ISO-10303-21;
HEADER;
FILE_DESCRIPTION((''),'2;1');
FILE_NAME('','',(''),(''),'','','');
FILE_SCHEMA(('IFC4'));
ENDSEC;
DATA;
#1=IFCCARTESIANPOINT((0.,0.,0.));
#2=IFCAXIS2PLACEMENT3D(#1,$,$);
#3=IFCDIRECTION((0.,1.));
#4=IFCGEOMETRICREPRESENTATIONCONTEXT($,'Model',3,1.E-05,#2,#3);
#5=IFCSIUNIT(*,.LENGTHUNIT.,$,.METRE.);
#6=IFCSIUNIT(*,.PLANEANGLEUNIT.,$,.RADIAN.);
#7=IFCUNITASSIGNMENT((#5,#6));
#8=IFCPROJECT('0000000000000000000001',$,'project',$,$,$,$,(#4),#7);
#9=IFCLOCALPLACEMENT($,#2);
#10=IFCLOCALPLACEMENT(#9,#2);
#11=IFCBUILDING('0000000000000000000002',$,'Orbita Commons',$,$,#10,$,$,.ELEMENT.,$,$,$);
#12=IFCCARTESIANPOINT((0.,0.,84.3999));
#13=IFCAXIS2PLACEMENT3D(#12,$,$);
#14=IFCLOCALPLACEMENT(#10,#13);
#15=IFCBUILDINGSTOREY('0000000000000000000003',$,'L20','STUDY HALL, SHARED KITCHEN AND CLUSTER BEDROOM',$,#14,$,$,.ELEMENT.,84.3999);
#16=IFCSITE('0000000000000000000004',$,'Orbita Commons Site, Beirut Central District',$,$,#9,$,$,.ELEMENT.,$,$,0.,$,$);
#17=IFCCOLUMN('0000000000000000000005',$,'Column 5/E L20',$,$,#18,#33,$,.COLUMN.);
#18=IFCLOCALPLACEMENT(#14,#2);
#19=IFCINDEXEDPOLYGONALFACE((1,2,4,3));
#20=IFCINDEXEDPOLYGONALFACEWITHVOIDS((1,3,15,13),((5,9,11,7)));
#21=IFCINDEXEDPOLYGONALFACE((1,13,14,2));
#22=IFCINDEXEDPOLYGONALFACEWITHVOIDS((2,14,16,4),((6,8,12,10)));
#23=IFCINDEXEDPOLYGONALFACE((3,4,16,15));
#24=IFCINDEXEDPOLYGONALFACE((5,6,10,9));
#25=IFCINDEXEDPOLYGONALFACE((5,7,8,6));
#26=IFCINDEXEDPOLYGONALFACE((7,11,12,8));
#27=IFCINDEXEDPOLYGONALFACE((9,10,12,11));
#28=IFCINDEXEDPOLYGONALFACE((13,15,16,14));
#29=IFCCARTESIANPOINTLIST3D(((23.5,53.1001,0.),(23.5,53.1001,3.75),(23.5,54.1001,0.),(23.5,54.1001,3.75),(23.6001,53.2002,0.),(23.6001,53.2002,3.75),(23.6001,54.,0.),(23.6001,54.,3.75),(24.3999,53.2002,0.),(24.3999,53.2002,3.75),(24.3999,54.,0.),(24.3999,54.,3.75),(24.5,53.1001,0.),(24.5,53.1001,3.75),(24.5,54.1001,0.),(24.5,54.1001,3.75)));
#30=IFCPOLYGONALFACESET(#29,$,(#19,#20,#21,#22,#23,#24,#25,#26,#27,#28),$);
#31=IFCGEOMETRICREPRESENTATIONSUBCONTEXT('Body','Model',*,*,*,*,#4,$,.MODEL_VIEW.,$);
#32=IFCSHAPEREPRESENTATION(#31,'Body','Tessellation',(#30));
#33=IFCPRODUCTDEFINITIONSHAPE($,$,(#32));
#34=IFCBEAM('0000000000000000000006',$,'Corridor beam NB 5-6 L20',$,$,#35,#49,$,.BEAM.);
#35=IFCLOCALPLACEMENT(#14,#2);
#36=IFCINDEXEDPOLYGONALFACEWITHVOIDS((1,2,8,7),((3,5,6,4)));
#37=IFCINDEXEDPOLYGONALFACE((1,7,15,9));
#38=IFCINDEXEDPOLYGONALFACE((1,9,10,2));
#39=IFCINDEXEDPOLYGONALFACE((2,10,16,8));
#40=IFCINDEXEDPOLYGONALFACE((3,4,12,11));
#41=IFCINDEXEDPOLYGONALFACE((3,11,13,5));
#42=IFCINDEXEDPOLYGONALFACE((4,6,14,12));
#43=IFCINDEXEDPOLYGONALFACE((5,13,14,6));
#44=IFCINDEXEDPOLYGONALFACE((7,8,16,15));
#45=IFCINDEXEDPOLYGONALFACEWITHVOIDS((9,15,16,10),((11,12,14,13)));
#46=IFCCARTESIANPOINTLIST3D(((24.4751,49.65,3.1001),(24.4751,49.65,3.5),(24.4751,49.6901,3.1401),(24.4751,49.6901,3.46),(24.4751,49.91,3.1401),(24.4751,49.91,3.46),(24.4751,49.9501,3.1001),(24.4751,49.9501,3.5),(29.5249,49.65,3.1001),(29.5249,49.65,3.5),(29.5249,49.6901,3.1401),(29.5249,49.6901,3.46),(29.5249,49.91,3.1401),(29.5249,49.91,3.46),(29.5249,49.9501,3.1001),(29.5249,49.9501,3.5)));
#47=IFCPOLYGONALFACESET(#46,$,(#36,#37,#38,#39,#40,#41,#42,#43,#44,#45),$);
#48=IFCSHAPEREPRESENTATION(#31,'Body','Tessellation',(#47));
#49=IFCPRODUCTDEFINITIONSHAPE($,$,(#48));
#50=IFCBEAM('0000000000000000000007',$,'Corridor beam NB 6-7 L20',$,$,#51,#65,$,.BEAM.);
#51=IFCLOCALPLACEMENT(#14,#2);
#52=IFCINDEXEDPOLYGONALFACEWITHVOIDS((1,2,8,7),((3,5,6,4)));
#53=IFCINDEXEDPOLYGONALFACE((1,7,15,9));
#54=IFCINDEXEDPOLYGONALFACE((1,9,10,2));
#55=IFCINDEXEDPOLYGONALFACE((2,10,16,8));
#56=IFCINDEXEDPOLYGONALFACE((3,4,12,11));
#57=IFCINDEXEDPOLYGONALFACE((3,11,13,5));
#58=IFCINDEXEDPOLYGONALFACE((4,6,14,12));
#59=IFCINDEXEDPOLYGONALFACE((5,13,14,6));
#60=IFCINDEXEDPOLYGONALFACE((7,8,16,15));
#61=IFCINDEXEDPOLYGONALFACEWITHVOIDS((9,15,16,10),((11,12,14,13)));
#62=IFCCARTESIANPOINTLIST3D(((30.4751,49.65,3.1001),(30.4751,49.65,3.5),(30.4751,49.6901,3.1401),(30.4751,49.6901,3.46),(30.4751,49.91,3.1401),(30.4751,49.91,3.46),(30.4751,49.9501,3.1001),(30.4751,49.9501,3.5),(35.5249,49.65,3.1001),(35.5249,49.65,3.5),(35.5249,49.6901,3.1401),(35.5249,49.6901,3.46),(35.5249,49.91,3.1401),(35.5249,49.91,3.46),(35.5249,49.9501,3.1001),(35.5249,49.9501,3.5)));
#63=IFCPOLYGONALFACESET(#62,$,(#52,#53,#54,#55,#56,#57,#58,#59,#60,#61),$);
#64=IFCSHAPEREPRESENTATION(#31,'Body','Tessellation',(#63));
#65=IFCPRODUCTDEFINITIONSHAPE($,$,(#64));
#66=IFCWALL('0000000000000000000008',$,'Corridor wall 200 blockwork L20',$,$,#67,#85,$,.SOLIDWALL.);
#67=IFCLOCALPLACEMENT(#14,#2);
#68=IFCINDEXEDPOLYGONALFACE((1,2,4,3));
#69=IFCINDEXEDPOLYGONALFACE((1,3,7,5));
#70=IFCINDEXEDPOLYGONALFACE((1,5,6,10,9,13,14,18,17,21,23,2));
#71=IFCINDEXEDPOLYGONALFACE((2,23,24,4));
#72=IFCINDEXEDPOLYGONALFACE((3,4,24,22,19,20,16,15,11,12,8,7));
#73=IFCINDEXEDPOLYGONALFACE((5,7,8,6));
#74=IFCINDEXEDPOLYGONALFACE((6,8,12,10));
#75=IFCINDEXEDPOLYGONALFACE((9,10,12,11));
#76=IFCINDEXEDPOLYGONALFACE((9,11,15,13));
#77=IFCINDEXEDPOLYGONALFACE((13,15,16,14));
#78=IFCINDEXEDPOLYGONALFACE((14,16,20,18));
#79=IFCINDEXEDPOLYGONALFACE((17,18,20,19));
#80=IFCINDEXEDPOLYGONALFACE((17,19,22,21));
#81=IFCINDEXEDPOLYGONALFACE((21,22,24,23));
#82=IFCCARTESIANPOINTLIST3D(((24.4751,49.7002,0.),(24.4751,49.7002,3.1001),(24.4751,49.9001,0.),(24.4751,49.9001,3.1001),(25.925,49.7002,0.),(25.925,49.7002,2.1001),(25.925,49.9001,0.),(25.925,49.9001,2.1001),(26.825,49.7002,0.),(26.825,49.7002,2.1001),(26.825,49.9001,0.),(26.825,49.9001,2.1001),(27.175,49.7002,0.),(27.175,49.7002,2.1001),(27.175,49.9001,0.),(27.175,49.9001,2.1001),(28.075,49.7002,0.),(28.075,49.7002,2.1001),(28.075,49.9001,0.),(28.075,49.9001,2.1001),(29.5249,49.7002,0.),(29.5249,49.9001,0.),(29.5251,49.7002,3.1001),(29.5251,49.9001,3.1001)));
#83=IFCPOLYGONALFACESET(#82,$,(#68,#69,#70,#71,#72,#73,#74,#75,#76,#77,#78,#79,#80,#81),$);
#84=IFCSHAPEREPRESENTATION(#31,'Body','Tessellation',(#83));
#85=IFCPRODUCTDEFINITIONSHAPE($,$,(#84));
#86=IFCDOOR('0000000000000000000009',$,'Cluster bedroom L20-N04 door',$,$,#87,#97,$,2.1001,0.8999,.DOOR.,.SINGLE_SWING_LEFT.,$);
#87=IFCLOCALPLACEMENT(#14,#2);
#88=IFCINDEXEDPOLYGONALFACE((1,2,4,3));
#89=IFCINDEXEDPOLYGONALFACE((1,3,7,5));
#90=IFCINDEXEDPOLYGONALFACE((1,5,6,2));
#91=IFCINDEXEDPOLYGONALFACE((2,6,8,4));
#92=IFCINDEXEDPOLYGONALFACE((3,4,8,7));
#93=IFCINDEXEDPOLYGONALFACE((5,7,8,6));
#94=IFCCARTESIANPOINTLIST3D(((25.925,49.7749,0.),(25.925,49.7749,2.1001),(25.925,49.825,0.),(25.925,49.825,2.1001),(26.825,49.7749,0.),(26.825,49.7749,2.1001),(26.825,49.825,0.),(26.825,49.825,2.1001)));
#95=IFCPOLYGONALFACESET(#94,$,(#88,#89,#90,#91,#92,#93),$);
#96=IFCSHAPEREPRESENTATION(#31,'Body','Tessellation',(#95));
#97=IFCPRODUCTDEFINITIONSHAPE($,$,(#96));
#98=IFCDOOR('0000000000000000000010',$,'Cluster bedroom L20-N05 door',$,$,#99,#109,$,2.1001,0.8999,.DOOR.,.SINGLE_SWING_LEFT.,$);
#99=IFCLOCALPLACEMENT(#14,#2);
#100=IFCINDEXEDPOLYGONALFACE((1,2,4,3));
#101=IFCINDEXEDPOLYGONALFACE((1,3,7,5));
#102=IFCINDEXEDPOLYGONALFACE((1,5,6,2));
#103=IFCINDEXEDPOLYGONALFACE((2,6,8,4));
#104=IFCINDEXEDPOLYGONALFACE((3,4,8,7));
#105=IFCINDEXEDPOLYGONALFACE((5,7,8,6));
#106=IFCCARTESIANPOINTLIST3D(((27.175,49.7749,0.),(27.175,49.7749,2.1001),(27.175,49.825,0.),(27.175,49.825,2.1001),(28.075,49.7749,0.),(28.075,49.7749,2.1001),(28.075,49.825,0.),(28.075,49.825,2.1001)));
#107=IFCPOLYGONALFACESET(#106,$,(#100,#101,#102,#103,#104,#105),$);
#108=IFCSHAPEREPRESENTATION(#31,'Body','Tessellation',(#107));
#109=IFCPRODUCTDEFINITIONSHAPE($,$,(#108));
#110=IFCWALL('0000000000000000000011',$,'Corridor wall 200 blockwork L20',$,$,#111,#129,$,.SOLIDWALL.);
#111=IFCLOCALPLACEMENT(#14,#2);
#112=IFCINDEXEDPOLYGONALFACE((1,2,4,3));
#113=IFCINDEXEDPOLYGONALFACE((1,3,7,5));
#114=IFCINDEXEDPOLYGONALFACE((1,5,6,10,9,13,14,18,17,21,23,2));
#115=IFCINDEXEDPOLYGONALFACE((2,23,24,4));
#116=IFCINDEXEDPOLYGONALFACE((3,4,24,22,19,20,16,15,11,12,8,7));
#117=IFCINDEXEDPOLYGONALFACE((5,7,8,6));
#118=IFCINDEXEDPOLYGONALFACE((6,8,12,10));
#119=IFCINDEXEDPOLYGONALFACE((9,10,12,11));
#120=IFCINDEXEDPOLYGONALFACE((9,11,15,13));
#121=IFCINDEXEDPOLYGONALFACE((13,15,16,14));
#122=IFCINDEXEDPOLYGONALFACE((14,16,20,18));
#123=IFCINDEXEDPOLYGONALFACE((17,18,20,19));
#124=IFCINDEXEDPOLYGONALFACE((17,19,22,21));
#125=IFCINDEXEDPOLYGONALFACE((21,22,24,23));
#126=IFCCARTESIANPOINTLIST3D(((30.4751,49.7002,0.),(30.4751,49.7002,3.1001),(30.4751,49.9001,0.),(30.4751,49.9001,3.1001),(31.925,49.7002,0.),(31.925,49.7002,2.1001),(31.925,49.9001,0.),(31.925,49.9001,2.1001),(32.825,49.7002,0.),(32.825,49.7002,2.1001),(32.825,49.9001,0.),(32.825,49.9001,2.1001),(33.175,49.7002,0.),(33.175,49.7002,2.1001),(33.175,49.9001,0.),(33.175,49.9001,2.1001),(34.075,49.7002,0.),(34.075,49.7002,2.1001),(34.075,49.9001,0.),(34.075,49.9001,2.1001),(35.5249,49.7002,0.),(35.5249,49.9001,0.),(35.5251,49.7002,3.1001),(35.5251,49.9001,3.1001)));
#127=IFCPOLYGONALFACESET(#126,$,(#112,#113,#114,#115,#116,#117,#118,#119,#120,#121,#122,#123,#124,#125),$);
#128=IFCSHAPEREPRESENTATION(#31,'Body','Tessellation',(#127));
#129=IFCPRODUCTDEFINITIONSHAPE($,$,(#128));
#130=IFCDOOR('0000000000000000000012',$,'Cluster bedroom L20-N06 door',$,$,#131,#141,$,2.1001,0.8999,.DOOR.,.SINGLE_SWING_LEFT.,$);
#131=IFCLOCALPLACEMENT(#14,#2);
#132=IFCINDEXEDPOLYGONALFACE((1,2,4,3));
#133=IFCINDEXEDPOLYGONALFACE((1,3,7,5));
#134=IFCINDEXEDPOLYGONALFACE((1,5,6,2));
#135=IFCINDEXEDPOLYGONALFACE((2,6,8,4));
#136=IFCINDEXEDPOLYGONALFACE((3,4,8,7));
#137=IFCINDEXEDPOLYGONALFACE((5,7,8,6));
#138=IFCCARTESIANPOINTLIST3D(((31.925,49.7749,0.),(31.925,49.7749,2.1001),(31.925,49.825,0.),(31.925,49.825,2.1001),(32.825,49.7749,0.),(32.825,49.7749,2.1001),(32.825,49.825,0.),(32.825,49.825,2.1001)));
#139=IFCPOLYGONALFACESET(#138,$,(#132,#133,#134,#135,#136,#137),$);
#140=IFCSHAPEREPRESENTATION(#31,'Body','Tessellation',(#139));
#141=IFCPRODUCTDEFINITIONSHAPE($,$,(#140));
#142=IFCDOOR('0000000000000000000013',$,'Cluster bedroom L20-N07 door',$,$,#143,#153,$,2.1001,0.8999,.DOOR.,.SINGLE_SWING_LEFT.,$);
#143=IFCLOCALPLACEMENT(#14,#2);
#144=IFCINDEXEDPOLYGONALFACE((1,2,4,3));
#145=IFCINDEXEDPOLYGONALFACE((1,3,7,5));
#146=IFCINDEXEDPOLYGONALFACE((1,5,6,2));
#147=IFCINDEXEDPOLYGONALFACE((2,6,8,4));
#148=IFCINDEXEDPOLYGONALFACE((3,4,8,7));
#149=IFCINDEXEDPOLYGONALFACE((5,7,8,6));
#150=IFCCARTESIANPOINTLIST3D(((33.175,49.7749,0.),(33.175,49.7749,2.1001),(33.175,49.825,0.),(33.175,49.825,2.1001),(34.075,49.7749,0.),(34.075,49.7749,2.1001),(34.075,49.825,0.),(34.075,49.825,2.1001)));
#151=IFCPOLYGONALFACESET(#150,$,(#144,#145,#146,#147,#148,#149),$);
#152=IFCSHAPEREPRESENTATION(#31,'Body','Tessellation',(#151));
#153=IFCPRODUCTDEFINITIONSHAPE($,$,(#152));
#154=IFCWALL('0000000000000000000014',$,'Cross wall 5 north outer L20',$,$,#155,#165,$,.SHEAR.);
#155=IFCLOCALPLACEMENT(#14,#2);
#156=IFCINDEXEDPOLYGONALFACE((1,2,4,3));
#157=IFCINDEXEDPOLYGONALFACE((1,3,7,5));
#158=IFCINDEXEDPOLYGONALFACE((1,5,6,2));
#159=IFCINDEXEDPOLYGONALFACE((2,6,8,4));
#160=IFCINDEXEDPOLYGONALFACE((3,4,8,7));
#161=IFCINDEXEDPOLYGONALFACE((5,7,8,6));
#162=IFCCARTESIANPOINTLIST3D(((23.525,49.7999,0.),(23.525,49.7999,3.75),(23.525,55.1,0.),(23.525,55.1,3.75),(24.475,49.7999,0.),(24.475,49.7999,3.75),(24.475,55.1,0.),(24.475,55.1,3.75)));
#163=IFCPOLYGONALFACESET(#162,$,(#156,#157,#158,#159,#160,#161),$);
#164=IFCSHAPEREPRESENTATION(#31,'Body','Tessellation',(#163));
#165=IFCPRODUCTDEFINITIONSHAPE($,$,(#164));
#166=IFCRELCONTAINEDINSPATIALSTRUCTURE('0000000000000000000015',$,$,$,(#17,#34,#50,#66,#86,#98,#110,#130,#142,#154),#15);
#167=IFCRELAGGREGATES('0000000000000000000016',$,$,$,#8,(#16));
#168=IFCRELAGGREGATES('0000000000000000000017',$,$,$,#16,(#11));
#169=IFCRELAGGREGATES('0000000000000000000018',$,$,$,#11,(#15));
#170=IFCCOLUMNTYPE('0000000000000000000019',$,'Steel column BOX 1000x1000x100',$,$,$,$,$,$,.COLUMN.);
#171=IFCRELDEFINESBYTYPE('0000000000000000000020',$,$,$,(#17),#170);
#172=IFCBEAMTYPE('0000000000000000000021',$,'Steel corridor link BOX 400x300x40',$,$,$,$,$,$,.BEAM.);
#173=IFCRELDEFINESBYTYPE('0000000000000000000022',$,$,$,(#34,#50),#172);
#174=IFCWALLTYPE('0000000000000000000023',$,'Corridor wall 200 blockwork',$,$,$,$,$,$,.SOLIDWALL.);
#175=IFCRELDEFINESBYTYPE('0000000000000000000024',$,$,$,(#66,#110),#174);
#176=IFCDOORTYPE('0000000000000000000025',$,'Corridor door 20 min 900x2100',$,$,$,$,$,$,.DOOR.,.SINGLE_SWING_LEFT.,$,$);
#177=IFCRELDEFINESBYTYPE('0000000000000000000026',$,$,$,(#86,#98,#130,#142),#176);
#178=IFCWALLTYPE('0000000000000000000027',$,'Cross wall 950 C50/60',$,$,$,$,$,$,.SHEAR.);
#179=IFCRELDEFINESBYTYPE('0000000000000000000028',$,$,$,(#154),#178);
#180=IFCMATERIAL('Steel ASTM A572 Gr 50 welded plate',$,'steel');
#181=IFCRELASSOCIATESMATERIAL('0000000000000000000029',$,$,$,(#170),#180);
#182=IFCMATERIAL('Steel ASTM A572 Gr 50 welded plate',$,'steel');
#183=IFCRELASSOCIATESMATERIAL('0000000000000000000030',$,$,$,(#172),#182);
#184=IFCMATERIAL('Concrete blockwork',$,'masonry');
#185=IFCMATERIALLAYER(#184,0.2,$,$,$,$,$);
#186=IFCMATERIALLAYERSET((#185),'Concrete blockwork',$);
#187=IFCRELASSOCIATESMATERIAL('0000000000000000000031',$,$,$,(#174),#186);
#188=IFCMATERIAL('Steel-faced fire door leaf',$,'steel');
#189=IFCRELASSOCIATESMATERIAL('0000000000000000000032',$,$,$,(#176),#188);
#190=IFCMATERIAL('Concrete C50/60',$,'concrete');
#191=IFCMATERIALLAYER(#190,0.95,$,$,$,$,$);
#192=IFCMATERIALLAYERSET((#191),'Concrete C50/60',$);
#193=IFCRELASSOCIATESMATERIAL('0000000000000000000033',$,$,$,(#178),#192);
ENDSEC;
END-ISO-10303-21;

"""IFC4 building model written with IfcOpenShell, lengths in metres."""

from ifc_helpers import new_model, si_unit, direction, frame, frame_2d, origin, origin_2d, place, context, subcontext, project, spatial, polyline, rectangle, hollow_rectangle, outline, extrude, material, layer, layer_set, material_profile, profile_set, type_object, element, fill, save


model = new_model("IFC4")

# Units and contexts
model_context = context("Model", 3, precision=1e-05, world=origin(), true_north=direction((0.0, 1.0)))
body_context = subcontext(model_context, "Body", "Model", "MODEL_VIEW")
ifc_project = project(units=[si_unit("LENGTHUNIT", "METRE"), si_unit("PLANEANGLEUNIT", "RADIAN")], contexts=[model_context])

# Site, building, storey
site_placement = place(None, origin())
site = spatial("IfcSite", under=ifc_project, at=site_placement, Name="Orbita Commons Site, Beirut Central District", CompositionType="ELEMENT", RefElevation=0.0)
building_placement = place(site_placement, origin())
building = spatial("IfcBuilding", under=site, at=building_placement, Name="Orbita Commons", CompositionType="ELEMENT")
storey_placement = place(building_placement, frame((0.0, 0.0, 84.3999)))
storey = spatial("IfcBuildingStorey", under=building, at=storey_placement, Name="L20", Description="STUDY HALL, SHARED KITCHEN AND CLUSTER BEDROOM", CompositionType="ELEMENT", Elevation=84.3999)

# Column
ifc_material_1 = material(Name="Steel ASTM A572 Gr 50 welded plate", Category="steel")
ifc_material_profile_1 = material_profile(ifc_material_1, hollow_rectangle(XDim=1.0, YDim=1.0, WallThickness=0.1001, at=origin_2d()), Name="BOX 1000x1000x100")
ifc_profile_set_1 = profile_set([ifc_material_profile_1], Name="Steel ASTM A572 Gr 50 welded plate")
column_type = type_object("IfcColumnType", Name="Steel column BOX 1000x1000x100", PredefinedType="COLUMN", material=ifc_profile_set_1)
column_placement = place(storey_placement, frame((24.0, 53.6001, 0.0), z_axis=(0.0, 0.0, 1.0), x_axis=(1.0, 0.0, 0.0)))
element("IfcColumn", 1, at=column_placement, inside=storey, type_object=column_type, Name="Column 5/E L20", PredefinedType="COLUMN", context=body_context, shape_type="SweptSolid", body=[
    extrude(hollow_rectangle(XDim=1.0, YDim=1.0, WallThickness=0.1001, at=origin_2d()), origin(), (0.0, 0.0, 1.0), 3.75),
])

# Beams
ifc_material_2 = material(Name="Steel ASTM A572 Gr 50 welded plate", Category="steel")
ifc_material_profile_2 = material_profile(ifc_material_2, hollow_rectangle(XDim=0.3, YDim=0.3999, WallThickness=0.04, at=origin_2d()), Name="BOX 400x300x40")
ifc_profile_set_2 = profile_set([ifc_material_profile_2], Name="Steel ASTM A572 Gr 50 welded plate")
beam_type = type_object("IfcBeamType", Name="Steel corridor link BOX 400x300x40", PredefinedType="BEAM", material=ifc_profile_set_2)
for number, where, z_axis, x_axis, name in (
    (2, (24.4751, 49.8, 3.3), (1.0, 0.0, 0.0), (0.0, 1.0, 0.0), "Corridor beam NB 5-6 L20"),
    (3, (30.4751, 49.8, 3.3), (1.0, 0.0, 0.0), (0.0, 1.0, 0.0), "Corridor beam NB 6-7 L20"),
):
    element("IfcBeam", number, at=place(storey_placement, frame(where, z_axis=z_axis, x_axis=x_axis)), inside=storey, type_object=beam_type, Name=name, PredefinedType="BEAM", context=body_context, shape_type="SweptSolid", body=[
        extrude(hollow_rectangle(XDim=0.3, YDim=0.3999, WallThickness=0.04, at=origin_2d()), origin(), (0.0, 0.0, 1.0), 5.0498),
    ])

# Walls, openings, doors
ifc_material_3 = material(Name="Concrete blockwork", Category="masonry")
ifc_layer_1 = layer(ifc_material_3, 0.2)
ifc_layer_set_1 = layer_set([ifc_layer_1], Name="Concrete blockwork")
wall_type_1 = type_object("IfcWallType", Name="Corridor wall 200 blockwork", PredefinedType="SOLIDWALL", material=ifc_layer_set_1)
wall_1_placement = place(storey_placement, frame((24.4751, 49.8, 0.0), z_axis=(0.0, 0.0, 1.0), x_axis=(1.0, 0.0, 0.0)))
wall_1 = element("IfcWall", 4, at=wall_1_placement, inside=storey, type_object=wall_type_1, Name="Corridor wall 200 blockwork L20", PredefinedType="SOLIDWALL", context=body_context, shape_type="SweptSolid", body=[
    extrude(outline(polyline([(0.0, 0.0), (5.0498, 0.0), (5.05, 3.1001), (0.0, 3.1001), (0.0, 0.0)])), frame((0.0, 0.1001, 0.0), z_axis=(0.0, -1.0, 0.0), x_axis=(1.0, 0.0, 0.0)), (0.0, 0.0, 1.0), 0.2),
])
opening_1_placement = place(wall_1_placement, frame((1.45, 0.0, 0.0)))
opening_1 = element("IfcOpeningElement", 5, at=opening_1_placement, cuts=wall_1, PredefinedType="OPENING", context=body_context, shape_type="SweptSolid", body=[
    extrude(rectangle(XDim=0.8999, YDim=2.1001, at=frame_2d((0.45, 1.05))), frame((0.0, 0.1099, 0.0), z_axis=(0.0, -1.0, 0.0), x_axis=(1.0, 0.0, 0.0)), (0.0, 0.0, 1.0), 0.22),
])
opening_2_placement = place(wall_1_placement, frame((2.7, 0.0, 0.0)))
opening_2 = element("IfcOpeningElement", 6, at=opening_2_placement, cuts=wall_1, PredefinedType="OPENING", context=body_context, shape_type="SweptSolid", body=[
    extrude(rectangle(XDim=0.8999, YDim=2.1001, at=frame_2d((0.45, 1.05))), frame((0.0, 0.1099, 0.0), z_axis=(0.0, -1.0, 0.0), x_axis=(1.0, 0.0, 0.0)), (0.0, 0.0, 1.0), 0.22),
])
ifc_material_4 = material(Name="Steel-faced fire door leaf", Category="steel")
door_type_1 = type_object("IfcDoorType", Name="Corridor door 20 min 900x2100", OperationType="SINGLE_SWING_LEFT", PredefinedType="DOOR", material=ifc_material_4)
door_1_placement = place(opening_1_placement, origin())
door_1 = element("IfcDoor", 7, at=door_1_placement, inside=storey, type_object=door_type_1, Name="Cluster bedroom L20-N04 door", OperationType="SINGLE_SWING_LEFT", OverallHeight=2.1001, OverallWidth=0.8999, PredefinedType="DOOR", context=body_context, shape_type="SweptSolid", body=[
    extrude(rectangle(XDim=0.8999, YDim=2.1001, at=frame_2d((0.45, 1.05))), frame((0.0, 0.0249, 0.0), z_axis=(0.0, -1.0, 0.0), x_axis=(1.0, 0.0, 0.0)), (0.0, 0.0, 1.0), 0.05),
])
fill(opening_1, door_1)
door_2_placement = place(opening_2_placement, origin())
door_2 = element("IfcDoor", 8, at=door_2_placement, inside=storey, type_object=door_type_1, Name="Cluster bedroom L20-N05 door", OperationType="SINGLE_SWING_LEFT", OverallHeight=2.1001, OverallWidth=0.8999, PredefinedType="DOOR", context=body_context, shape_type="SweptSolid", body=[
    extrude(rectangle(XDim=0.8999, YDim=2.1001, at=frame_2d((0.45, 1.05))), frame((0.0, 0.0249, 0.0), z_axis=(0.0, -1.0, 0.0), x_axis=(1.0, 0.0, 0.0)), (0.0, 0.0, 1.0), 0.05),
])
fill(opening_2, door_2)
wall_2_placement = place(storey_placement, frame((30.4751, 49.8, 0.0), z_axis=(0.0, 0.0, 1.0), x_axis=(1.0, 0.0, 0.0)))
wall_2 = element("IfcWall", 9, at=wall_2_placement, inside=storey, type_object=wall_type_1, Name="Corridor wall 200 blockwork L20", PredefinedType="SOLIDWALL", context=body_context, shape_type="SweptSolid", body=[
    extrude(outline(polyline([(0.0, 0.0), (5.0498, 0.0), (5.05, 3.1001), (0.0, 3.1001), (0.0, 0.0)])), frame((0.0, 0.1001, 0.0), z_axis=(0.0, -1.0, 0.0), x_axis=(1.0, 0.0, 0.0)), (0.0, 0.0, 1.0), 0.2),
])
opening_3_placement = place(wall_2_placement, frame((1.45, 0.0, 0.0)))
opening_3 = element("IfcOpeningElement", 10, at=opening_3_placement, cuts=wall_2, PredefinedType="OPENING", context=body_context, shape_type="SweptSolid", body=[
    extrude(rectangle(XDim=0.8999, YDim=2.1001, at=frame_2d((0.45, 1.05))), frame((0.0, 0.1099, 0.0), z_axis=(0.0, -1.0, 0.0), x_axis=(1.0, 0.0, 0.0)), (0.0, 0.0, 1.0), 0.22),
])
opening_4_placement = place(wall_2_placement, frame((2.7, 0.0, 0.0)))
opening_4 = element("IfcOpeningElement", 11, at=opening_4_placement, cuts=wall_2, PredefinedType="OPENING", context=body_context, shape_type="SweptSolid", body=[
    extrude(rectangle(XDim=0.8999, YDim=2.1001, at=frame_2d((0.45, 1.05))), frame((0.0, 0.1099, 0.0), z_axis=(0.0, -1.0, 0.0), x_axis=(1.0, 0.0, 0.0)), (0.0, 0.0, 1.0), 0.22),
])
door_3_placement = place(opening_3_placement, origin())
door_3 = element("IfcDoor", 12, at=door_3_placement, inside=storey, type_object=door_type_1, Name="Cluster bedroom L20-N06 door", OperationType="SINGLE_SWING_LEFT", OverallHeight=2.1001, OverallWidth=0.8999, PredefinedType="DOOR", context=body_context, shape_type="SweptSolid", body=[
    extrude(rectangle(XDim=0.8999, YDim=2.1001, at=frame_2d((0.45, 1.05))), frame((0.0, 0.0249, 0.0), z_axis=(0.0, -1.0, 0.0), x_axis=(1.0, 0.0, 0.0)), (0.0, 0.0, 1.0), 0.05),
])
fill(opening_3, door_3)
door_4_placement = place(opening_4_placement, origin())
door_4 = element("IfcDoor", 13, at=door_4_placement, inside=storey, type_object=door_type_1, Name="Cluster bedroom L20-N07 door", OperationType="SINGLE_SWING_LEFT", OverallHeight=2.1001, OverallWidth=0.8999, PredefinedType="DOOR", context=body_context, shape_type="SweptSolid", body=[
    extrude(rectangle(XDim=0.8999, YDim=2.1001, at=frame_2d((0.45, 1.05))), frame((0.0, 0.0249, 0.0), z_axis=(0.0, -1.0, 0.0), x_axis=(1.0, 0.0, 0.0)), (0.0, 0.0, 1.0), 0.05),
])
fill(opening_4, door_4)

# Wall
ifc_material_5 = material(Name="Concrete C50/60", Category="concrete")
ifc_layer_2 = layer(ifc_material_5, 0.95)
ifc_layer_set_2 = layer_set([ifc_layer_2], Name="Concrete C50/60")
wall_type_2 = type_object("IfcWallType", Name="Cross wall 950 C50/60", PredefinedType="SHEAR", material=ifc_layer_set_2)
for number, where, z_axis, x_axis, name in (
    (14, (24.0, 49.8, 0.0), (0.0, 0.0, 1.0), (0.0, 1.0, 0.0), "Cross wall 5 north outer L20"),
):
    element("IfcWall", number, at=place(storey_placement, frame(where, z_axis=z_axis, x_axis=x_axis)), inside=storey, type_object=wall_type_2, Name=name, PredefinedType="SHEAR", context=body_context, shape_type="SweptSolid", body=[
        extrude(rectangle(XDim=5.3, YDim=0.95, at=frame_2d((2.6499, 0.0))), origin(), (0.0, 0.0, 1.0), 3.75),
    ])

save(model, "model.ifc")
